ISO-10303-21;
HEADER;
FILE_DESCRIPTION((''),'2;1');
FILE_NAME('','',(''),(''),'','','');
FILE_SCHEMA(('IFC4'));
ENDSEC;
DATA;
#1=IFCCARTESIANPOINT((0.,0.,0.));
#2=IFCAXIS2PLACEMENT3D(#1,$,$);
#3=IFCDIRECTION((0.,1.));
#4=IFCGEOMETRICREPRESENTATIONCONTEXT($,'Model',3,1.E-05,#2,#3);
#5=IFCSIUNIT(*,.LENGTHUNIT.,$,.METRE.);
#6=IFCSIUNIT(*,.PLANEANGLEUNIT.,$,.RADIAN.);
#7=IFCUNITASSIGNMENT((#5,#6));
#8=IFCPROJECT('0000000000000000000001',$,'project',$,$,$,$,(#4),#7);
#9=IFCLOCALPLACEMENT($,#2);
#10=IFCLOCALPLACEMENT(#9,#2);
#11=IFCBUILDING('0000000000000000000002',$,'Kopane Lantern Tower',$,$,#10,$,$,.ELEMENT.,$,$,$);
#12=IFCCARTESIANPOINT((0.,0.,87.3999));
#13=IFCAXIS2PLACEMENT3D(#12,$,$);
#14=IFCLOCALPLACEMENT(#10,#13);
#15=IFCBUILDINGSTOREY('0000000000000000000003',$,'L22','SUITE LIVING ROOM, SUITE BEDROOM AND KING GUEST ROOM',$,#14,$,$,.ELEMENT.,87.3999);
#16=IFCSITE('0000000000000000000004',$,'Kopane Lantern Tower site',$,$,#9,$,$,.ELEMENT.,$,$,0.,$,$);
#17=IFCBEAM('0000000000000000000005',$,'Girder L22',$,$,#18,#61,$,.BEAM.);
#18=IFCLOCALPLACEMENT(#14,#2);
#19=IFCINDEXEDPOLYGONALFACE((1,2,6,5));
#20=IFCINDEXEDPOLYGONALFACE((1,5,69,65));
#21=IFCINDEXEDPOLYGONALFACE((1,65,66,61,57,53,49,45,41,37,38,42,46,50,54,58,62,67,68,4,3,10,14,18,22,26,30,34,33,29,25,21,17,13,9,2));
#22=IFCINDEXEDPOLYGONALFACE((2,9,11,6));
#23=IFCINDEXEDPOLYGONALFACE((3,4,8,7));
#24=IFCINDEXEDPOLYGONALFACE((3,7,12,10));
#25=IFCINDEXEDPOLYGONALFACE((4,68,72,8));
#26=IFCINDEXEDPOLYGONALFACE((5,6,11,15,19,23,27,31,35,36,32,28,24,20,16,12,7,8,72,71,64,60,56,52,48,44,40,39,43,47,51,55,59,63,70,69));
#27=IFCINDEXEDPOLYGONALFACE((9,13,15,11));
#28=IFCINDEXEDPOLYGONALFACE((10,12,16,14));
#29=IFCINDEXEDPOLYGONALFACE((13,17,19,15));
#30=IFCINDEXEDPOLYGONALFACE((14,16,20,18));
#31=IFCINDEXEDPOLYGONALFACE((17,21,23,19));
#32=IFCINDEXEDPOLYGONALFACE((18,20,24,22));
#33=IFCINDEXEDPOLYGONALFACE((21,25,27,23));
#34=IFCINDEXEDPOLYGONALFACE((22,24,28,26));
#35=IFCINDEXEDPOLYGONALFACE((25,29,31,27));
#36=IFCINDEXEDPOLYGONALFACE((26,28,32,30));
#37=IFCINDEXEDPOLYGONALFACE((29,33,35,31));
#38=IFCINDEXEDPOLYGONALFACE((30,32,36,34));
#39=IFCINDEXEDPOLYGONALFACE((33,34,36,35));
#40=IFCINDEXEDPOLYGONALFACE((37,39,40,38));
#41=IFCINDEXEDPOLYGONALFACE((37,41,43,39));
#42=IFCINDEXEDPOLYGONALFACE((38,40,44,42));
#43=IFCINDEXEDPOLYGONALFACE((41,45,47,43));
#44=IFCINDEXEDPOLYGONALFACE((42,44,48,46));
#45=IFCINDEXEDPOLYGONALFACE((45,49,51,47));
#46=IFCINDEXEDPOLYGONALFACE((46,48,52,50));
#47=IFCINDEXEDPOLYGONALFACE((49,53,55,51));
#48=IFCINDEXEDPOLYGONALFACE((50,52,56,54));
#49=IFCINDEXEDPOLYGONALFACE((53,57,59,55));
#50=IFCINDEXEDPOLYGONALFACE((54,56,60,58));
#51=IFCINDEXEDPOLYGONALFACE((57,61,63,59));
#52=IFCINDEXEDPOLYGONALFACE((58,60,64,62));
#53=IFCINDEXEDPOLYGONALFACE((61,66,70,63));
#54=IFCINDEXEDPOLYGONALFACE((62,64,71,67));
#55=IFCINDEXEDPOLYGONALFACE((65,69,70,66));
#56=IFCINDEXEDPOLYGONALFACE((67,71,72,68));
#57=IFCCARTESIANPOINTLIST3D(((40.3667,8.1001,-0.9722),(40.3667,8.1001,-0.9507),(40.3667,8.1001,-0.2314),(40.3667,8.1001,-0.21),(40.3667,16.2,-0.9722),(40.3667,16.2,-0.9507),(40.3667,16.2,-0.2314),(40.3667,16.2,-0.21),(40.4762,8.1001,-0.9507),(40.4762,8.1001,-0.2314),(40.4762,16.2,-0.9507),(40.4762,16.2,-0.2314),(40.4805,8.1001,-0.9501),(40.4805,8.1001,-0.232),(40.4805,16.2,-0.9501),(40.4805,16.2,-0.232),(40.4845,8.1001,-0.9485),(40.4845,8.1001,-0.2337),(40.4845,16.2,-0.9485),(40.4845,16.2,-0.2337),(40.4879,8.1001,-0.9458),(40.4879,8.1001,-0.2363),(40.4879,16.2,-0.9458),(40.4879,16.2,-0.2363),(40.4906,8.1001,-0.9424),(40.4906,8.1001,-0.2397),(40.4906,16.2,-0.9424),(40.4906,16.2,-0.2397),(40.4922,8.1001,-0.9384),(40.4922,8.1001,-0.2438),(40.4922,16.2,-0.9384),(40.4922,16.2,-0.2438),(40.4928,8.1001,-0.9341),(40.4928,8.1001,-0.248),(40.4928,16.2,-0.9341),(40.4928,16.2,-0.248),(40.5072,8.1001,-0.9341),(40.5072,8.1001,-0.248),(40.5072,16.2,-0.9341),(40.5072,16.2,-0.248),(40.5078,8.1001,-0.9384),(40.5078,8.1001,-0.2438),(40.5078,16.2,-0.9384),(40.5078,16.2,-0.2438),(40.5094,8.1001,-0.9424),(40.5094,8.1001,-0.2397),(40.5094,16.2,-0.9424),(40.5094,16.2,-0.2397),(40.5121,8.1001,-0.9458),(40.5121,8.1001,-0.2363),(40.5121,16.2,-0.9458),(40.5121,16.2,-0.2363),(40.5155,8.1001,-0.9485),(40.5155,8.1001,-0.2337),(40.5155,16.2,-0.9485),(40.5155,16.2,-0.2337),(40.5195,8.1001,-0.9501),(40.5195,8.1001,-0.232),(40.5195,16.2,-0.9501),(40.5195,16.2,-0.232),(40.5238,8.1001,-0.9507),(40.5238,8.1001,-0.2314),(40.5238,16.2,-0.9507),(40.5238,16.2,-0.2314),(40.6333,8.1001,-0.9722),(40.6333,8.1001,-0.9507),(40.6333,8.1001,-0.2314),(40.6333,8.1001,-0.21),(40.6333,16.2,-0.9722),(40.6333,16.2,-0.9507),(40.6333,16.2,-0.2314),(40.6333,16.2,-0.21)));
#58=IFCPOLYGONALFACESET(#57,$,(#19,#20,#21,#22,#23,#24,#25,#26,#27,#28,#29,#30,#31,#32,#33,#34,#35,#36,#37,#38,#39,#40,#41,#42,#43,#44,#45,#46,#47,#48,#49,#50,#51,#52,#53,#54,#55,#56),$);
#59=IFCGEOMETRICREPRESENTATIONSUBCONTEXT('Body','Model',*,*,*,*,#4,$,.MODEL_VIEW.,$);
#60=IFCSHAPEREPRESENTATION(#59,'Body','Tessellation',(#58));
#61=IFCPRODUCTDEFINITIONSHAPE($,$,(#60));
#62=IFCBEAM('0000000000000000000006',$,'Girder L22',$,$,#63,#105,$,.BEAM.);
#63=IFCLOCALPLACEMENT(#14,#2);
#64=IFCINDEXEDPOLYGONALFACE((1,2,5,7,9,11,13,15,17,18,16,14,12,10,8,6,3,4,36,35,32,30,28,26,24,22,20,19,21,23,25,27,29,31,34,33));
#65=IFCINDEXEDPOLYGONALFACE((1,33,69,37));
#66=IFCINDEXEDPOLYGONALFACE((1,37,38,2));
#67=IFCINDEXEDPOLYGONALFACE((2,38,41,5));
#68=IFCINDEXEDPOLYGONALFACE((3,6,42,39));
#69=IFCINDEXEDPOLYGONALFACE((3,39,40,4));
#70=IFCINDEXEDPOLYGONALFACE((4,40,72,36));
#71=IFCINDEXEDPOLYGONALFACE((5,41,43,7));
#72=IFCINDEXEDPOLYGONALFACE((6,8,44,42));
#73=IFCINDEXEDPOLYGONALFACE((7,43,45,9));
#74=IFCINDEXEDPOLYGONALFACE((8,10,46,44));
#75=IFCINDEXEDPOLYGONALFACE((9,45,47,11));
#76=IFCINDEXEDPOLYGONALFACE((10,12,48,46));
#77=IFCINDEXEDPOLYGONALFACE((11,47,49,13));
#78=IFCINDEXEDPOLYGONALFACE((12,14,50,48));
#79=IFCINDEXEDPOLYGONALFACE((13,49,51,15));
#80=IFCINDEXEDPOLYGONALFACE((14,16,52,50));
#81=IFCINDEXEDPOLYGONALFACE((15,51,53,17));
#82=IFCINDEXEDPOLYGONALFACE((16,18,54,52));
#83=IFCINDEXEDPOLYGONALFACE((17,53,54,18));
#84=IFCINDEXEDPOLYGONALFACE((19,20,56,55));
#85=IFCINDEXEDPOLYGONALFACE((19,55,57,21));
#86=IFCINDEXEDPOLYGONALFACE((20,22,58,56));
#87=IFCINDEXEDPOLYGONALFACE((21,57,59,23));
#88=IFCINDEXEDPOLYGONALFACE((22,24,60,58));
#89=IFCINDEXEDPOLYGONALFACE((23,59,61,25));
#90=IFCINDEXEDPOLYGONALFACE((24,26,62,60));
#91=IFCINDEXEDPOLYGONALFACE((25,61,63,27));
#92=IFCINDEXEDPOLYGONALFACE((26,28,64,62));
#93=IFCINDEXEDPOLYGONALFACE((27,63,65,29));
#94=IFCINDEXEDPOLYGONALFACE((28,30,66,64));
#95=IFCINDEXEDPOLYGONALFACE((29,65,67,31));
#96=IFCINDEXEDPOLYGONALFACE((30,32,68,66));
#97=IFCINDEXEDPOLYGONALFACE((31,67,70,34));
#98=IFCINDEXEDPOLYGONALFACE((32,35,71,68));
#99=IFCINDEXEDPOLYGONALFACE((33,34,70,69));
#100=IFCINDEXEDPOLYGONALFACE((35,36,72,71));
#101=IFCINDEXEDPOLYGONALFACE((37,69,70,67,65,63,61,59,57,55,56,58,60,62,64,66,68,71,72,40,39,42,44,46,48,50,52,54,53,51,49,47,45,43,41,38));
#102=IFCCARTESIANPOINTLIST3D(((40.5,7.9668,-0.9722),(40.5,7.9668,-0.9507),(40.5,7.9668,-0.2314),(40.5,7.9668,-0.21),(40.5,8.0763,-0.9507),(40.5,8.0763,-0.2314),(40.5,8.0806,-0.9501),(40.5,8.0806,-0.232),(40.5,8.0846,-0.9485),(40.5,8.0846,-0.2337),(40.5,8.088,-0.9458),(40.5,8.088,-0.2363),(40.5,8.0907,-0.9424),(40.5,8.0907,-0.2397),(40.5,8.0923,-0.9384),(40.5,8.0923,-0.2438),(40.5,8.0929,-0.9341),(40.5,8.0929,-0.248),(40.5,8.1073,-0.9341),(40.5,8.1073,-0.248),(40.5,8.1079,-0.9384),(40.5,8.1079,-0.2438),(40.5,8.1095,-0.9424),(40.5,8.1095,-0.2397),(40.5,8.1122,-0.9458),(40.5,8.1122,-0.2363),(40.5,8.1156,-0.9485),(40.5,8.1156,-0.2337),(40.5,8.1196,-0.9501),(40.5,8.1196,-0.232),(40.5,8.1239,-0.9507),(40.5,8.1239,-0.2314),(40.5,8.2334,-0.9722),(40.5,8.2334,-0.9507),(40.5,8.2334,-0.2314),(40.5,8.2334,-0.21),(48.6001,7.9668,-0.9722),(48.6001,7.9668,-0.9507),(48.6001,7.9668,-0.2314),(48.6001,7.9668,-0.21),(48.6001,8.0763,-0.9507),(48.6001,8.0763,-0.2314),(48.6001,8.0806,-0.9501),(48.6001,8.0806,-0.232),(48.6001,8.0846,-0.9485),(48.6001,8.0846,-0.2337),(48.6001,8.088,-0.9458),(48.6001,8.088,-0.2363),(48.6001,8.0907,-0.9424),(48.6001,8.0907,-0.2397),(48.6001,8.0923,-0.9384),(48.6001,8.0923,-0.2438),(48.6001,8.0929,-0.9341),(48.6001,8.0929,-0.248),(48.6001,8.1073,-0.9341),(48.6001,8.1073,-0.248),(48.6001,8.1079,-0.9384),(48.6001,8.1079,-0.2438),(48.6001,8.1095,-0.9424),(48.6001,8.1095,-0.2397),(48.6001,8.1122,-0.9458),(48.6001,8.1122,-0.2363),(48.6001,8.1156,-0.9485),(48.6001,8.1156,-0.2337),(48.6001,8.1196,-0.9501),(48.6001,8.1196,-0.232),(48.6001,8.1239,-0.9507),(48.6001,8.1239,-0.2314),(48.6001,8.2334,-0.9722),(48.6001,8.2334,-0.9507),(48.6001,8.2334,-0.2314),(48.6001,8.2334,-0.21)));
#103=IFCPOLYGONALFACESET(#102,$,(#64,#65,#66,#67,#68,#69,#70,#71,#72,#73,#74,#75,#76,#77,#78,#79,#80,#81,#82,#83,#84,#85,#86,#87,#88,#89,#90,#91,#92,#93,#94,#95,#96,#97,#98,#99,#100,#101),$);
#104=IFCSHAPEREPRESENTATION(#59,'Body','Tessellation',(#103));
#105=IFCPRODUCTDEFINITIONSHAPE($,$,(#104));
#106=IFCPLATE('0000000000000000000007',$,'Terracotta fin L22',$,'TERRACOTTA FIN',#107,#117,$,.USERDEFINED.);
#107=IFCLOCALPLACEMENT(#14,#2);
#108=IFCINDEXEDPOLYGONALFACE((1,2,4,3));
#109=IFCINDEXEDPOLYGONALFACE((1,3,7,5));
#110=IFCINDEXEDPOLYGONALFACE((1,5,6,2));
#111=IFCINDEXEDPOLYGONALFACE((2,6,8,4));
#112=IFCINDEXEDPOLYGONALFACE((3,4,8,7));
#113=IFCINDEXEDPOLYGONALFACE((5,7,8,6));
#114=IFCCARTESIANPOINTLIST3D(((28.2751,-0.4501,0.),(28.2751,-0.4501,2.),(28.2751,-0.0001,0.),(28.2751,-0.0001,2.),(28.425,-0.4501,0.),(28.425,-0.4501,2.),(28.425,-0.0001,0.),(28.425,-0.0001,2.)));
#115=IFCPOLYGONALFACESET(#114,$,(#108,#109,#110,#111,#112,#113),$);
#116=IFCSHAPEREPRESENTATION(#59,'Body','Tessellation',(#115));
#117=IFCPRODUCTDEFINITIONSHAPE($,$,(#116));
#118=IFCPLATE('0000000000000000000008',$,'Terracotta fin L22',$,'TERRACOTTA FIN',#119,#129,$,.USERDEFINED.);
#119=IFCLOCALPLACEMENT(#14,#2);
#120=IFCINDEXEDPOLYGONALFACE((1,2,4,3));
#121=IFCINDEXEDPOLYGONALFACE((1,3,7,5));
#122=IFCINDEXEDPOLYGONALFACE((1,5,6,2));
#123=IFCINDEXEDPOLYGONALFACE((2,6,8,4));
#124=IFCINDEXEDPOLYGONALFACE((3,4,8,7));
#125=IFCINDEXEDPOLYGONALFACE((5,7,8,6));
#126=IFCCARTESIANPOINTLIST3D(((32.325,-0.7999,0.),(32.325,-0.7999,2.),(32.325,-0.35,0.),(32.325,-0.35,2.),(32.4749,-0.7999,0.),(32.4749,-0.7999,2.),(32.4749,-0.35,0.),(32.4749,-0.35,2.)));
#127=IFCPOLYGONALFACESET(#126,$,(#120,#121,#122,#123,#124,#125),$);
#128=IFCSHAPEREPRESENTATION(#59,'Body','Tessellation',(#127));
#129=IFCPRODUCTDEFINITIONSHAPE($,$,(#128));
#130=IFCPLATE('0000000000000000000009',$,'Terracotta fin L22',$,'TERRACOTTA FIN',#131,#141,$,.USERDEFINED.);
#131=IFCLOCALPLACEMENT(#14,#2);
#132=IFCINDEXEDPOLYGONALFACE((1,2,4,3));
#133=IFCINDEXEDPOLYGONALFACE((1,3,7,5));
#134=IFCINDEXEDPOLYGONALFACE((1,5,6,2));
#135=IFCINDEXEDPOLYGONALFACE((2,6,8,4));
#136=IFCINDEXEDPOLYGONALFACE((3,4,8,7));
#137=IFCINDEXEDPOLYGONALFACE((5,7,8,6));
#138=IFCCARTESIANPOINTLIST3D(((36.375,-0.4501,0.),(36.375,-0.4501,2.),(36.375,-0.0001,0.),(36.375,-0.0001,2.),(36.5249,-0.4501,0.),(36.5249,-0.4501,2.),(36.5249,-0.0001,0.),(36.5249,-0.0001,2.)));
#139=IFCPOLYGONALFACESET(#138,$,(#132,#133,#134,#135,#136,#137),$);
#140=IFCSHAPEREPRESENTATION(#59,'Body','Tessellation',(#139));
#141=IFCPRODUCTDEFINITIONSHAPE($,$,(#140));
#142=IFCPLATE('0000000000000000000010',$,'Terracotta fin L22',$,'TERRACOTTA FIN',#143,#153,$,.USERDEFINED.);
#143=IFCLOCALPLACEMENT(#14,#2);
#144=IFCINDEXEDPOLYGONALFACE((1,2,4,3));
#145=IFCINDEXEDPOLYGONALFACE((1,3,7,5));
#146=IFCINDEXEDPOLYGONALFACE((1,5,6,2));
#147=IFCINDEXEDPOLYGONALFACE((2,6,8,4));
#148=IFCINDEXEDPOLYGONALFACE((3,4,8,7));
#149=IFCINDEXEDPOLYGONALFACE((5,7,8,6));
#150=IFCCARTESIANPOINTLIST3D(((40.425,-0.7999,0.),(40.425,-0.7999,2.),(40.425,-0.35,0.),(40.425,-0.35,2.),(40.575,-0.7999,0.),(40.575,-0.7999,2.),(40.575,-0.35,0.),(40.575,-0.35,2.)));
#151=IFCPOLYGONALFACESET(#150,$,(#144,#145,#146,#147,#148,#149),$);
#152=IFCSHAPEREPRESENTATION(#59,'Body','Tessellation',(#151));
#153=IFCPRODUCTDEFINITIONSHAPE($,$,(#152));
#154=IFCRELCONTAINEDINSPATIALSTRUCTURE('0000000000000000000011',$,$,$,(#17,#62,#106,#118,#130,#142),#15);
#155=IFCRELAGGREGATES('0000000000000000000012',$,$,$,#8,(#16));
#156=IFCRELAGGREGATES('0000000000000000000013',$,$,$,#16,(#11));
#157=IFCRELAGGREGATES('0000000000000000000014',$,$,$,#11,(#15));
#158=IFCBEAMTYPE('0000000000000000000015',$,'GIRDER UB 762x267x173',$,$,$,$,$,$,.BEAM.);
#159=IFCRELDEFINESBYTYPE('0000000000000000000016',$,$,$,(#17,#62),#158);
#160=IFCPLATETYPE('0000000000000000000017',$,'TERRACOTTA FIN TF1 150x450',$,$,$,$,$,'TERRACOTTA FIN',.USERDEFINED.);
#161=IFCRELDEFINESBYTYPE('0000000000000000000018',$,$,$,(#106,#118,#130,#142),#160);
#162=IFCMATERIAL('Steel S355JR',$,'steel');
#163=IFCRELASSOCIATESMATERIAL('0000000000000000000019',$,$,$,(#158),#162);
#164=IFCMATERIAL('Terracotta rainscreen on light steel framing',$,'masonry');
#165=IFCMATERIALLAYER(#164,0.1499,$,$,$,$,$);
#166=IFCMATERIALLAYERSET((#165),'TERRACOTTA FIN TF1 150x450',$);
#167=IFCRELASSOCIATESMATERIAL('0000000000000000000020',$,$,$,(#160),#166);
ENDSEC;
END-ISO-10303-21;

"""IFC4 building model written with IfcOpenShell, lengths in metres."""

from ifc_helpers import new_model, si_unit, direction, frame, origin, origin_2d, place, context, subcontext, project, spatial, rectangle, i_section, extrude, material, layer, layer_set, material_profile, profile_set, type_object, element, save


model = new_model("IFC4")

# Units and contexts
model_context = context("Model", 3, precision=1e-05, world=origin(), true_north=direction((0.0, 1.0)))
body_context = subcontext(model_context, "Body", "Model", "MODEL_VIEW")
ifc_project = project(units=[si_unit("LENGTHUNIT", "METRE"), si_unit("PLANEANGLEUNIT", "RADIAN")], contexts=[model_context])

# Site, building, storey
site_placement = place(None, origin())
site = spatial("IfcSite", under=ifc_project, at=site_placement, Name="Kopane Lantern Tower site", CompositionType="ELEMENT", RefElevation=0.0)
building_placement = place(site_placement, origin())
building = spatial("IfcBuilding", under=site, at=building_placement, Name="Kopane Lantern Tower", CompositionType="ELEMENT")
storey_placement = place(building_placement, frame((0.0, 0.0, 87.3999)))
storey = spatial("IfcBuildingStorey", under=building, at=storey_placement, Name="L22", Description="SUITE LIVING ROOM, SUITE BEDROOM AND KING GUEST ROOM", CompositionType="ELEMENT", Elevation=87.3999)

# Beams
ifc_material_1 = material(Name="Steel S355JR", Category="steel")
ifc_material_profile_1 = material_profile(ifc_material_1, i_section(OverallWidth=0.2666, OverallDepth=0.7622, WebThickness=0.0144, FlangeThickness=0.0215, FilletRadius=0.0166, at=origin_2d()), Name="UB 762x267x173")
ifc_profile_set_1 = profile_set([ifc_material_profile_1], Name="Steel S355JR")
beam_type = type_object("IfcBeamType", Name="GIRDER UB 762x267x173", PredefinedType="BEAM", material=ifc_profile_set_1)
beam_1_placement = place(storey_placement, frame((40.5, 8.1001, -0.5911), z_axis=(0.0, 1.0, 0.0), x_axis=(-1.0, 0.0, 0.0)))
element("IfcBeam", 1, at=beam_1_placement, inside=storey, type_object=beam_type, Name="Girder L22", PredefinedType="BEAM", context=body_context, shape_type="SweptSolid", body=[
    extrude(i_section(OverallWidth=0.2666, OverallDepth=0.7622, WebThickness=0.0144, FlangeThickness=0.0215, FilletRadius=0.0166, at=origin_2d()), origin(), (0.0, 0.0, 1.0), 8.0999),
])
beam_2_placement = place(storey_placement, frame((40.5, 8.1001, -0.5911), z_axis=(1.0, 0.0, 0.0), x_axis=(0.0, 1.0, 0.0)))
element("IfcBeam", 2, at=beam_2_placement, inside=storey, type_object=beam_type, Name="Girder L22", PredefinedType="BEAM", context=body_context, shape_type="SweptSolid", body=[
    extrude(i_section(OverallWidth=0.2666, OverallDepth=0.7622, WebThickness=0.0144, FlangeThickness=0.0215, FilletRadius=0.0166, at=origin_2d()), origin(), (0.0, 0.0, 1.0), 8.1001),
])

# Plates
ifc_material_2 = material(Name="Terracotta rainscreen on light steel framing", Category="masonry")
ifc_layer_1 = layer(ifc_material_2, 0.1499)
ifc_layer_set_1 = layer_set([ifc_layer_1], Name="TERRACOTTA FIN TF1 150x450")
plate_type = type_object("IfcPlateType", Name="TERRACOTTA FIN TF1 150x450", ElementType="TERRACOTTA FIN", PredefinedType="USERDEFINED", material=ifc_layer_set_1)
for number, where, z_axis, x_axis, name in (
    (3, (28.3501, -0.2251, 0.0), (0.0, 0.0, 1.0), (1.0, 0.0, 0.0), "Terracotta fin L22"),
    (4, (32.3999, -0.575, 0.0), (0.0, 0.0, 1.0), (1.0, 0.0, 0.0), "Terracotta fin L22"),
    (5, (36.45, -0.2251, 0.0), (0.0, 0.0, 1.0), (1.0, 0.0, 0.0), "Terracotta fin L22"),
    (6, (40.5, -0.575, 0.0), (0.0, 0.0, 1.0), (1.0, 0.0, 0.0), "Terracotta fin L22"),
):
    element("IfcPlate", number, at=place(storey_placement, frame(where, z_axis=z_axis, x_axis=x_axis)), inside=storey, type_object=plate_type, Name=name, ObjectType="TERRACOTTA FIN", PredefinedType="USERDEFINED", context=body_context, shape_type="SweptSolid", body=[
        extrude(rectangle(XDim=0.1499, YDim=0.45, at=origin_2d()), origin(), (0.0, 0.0, 1.0), 2.0),
    ])

save(model, "model.ifc")
